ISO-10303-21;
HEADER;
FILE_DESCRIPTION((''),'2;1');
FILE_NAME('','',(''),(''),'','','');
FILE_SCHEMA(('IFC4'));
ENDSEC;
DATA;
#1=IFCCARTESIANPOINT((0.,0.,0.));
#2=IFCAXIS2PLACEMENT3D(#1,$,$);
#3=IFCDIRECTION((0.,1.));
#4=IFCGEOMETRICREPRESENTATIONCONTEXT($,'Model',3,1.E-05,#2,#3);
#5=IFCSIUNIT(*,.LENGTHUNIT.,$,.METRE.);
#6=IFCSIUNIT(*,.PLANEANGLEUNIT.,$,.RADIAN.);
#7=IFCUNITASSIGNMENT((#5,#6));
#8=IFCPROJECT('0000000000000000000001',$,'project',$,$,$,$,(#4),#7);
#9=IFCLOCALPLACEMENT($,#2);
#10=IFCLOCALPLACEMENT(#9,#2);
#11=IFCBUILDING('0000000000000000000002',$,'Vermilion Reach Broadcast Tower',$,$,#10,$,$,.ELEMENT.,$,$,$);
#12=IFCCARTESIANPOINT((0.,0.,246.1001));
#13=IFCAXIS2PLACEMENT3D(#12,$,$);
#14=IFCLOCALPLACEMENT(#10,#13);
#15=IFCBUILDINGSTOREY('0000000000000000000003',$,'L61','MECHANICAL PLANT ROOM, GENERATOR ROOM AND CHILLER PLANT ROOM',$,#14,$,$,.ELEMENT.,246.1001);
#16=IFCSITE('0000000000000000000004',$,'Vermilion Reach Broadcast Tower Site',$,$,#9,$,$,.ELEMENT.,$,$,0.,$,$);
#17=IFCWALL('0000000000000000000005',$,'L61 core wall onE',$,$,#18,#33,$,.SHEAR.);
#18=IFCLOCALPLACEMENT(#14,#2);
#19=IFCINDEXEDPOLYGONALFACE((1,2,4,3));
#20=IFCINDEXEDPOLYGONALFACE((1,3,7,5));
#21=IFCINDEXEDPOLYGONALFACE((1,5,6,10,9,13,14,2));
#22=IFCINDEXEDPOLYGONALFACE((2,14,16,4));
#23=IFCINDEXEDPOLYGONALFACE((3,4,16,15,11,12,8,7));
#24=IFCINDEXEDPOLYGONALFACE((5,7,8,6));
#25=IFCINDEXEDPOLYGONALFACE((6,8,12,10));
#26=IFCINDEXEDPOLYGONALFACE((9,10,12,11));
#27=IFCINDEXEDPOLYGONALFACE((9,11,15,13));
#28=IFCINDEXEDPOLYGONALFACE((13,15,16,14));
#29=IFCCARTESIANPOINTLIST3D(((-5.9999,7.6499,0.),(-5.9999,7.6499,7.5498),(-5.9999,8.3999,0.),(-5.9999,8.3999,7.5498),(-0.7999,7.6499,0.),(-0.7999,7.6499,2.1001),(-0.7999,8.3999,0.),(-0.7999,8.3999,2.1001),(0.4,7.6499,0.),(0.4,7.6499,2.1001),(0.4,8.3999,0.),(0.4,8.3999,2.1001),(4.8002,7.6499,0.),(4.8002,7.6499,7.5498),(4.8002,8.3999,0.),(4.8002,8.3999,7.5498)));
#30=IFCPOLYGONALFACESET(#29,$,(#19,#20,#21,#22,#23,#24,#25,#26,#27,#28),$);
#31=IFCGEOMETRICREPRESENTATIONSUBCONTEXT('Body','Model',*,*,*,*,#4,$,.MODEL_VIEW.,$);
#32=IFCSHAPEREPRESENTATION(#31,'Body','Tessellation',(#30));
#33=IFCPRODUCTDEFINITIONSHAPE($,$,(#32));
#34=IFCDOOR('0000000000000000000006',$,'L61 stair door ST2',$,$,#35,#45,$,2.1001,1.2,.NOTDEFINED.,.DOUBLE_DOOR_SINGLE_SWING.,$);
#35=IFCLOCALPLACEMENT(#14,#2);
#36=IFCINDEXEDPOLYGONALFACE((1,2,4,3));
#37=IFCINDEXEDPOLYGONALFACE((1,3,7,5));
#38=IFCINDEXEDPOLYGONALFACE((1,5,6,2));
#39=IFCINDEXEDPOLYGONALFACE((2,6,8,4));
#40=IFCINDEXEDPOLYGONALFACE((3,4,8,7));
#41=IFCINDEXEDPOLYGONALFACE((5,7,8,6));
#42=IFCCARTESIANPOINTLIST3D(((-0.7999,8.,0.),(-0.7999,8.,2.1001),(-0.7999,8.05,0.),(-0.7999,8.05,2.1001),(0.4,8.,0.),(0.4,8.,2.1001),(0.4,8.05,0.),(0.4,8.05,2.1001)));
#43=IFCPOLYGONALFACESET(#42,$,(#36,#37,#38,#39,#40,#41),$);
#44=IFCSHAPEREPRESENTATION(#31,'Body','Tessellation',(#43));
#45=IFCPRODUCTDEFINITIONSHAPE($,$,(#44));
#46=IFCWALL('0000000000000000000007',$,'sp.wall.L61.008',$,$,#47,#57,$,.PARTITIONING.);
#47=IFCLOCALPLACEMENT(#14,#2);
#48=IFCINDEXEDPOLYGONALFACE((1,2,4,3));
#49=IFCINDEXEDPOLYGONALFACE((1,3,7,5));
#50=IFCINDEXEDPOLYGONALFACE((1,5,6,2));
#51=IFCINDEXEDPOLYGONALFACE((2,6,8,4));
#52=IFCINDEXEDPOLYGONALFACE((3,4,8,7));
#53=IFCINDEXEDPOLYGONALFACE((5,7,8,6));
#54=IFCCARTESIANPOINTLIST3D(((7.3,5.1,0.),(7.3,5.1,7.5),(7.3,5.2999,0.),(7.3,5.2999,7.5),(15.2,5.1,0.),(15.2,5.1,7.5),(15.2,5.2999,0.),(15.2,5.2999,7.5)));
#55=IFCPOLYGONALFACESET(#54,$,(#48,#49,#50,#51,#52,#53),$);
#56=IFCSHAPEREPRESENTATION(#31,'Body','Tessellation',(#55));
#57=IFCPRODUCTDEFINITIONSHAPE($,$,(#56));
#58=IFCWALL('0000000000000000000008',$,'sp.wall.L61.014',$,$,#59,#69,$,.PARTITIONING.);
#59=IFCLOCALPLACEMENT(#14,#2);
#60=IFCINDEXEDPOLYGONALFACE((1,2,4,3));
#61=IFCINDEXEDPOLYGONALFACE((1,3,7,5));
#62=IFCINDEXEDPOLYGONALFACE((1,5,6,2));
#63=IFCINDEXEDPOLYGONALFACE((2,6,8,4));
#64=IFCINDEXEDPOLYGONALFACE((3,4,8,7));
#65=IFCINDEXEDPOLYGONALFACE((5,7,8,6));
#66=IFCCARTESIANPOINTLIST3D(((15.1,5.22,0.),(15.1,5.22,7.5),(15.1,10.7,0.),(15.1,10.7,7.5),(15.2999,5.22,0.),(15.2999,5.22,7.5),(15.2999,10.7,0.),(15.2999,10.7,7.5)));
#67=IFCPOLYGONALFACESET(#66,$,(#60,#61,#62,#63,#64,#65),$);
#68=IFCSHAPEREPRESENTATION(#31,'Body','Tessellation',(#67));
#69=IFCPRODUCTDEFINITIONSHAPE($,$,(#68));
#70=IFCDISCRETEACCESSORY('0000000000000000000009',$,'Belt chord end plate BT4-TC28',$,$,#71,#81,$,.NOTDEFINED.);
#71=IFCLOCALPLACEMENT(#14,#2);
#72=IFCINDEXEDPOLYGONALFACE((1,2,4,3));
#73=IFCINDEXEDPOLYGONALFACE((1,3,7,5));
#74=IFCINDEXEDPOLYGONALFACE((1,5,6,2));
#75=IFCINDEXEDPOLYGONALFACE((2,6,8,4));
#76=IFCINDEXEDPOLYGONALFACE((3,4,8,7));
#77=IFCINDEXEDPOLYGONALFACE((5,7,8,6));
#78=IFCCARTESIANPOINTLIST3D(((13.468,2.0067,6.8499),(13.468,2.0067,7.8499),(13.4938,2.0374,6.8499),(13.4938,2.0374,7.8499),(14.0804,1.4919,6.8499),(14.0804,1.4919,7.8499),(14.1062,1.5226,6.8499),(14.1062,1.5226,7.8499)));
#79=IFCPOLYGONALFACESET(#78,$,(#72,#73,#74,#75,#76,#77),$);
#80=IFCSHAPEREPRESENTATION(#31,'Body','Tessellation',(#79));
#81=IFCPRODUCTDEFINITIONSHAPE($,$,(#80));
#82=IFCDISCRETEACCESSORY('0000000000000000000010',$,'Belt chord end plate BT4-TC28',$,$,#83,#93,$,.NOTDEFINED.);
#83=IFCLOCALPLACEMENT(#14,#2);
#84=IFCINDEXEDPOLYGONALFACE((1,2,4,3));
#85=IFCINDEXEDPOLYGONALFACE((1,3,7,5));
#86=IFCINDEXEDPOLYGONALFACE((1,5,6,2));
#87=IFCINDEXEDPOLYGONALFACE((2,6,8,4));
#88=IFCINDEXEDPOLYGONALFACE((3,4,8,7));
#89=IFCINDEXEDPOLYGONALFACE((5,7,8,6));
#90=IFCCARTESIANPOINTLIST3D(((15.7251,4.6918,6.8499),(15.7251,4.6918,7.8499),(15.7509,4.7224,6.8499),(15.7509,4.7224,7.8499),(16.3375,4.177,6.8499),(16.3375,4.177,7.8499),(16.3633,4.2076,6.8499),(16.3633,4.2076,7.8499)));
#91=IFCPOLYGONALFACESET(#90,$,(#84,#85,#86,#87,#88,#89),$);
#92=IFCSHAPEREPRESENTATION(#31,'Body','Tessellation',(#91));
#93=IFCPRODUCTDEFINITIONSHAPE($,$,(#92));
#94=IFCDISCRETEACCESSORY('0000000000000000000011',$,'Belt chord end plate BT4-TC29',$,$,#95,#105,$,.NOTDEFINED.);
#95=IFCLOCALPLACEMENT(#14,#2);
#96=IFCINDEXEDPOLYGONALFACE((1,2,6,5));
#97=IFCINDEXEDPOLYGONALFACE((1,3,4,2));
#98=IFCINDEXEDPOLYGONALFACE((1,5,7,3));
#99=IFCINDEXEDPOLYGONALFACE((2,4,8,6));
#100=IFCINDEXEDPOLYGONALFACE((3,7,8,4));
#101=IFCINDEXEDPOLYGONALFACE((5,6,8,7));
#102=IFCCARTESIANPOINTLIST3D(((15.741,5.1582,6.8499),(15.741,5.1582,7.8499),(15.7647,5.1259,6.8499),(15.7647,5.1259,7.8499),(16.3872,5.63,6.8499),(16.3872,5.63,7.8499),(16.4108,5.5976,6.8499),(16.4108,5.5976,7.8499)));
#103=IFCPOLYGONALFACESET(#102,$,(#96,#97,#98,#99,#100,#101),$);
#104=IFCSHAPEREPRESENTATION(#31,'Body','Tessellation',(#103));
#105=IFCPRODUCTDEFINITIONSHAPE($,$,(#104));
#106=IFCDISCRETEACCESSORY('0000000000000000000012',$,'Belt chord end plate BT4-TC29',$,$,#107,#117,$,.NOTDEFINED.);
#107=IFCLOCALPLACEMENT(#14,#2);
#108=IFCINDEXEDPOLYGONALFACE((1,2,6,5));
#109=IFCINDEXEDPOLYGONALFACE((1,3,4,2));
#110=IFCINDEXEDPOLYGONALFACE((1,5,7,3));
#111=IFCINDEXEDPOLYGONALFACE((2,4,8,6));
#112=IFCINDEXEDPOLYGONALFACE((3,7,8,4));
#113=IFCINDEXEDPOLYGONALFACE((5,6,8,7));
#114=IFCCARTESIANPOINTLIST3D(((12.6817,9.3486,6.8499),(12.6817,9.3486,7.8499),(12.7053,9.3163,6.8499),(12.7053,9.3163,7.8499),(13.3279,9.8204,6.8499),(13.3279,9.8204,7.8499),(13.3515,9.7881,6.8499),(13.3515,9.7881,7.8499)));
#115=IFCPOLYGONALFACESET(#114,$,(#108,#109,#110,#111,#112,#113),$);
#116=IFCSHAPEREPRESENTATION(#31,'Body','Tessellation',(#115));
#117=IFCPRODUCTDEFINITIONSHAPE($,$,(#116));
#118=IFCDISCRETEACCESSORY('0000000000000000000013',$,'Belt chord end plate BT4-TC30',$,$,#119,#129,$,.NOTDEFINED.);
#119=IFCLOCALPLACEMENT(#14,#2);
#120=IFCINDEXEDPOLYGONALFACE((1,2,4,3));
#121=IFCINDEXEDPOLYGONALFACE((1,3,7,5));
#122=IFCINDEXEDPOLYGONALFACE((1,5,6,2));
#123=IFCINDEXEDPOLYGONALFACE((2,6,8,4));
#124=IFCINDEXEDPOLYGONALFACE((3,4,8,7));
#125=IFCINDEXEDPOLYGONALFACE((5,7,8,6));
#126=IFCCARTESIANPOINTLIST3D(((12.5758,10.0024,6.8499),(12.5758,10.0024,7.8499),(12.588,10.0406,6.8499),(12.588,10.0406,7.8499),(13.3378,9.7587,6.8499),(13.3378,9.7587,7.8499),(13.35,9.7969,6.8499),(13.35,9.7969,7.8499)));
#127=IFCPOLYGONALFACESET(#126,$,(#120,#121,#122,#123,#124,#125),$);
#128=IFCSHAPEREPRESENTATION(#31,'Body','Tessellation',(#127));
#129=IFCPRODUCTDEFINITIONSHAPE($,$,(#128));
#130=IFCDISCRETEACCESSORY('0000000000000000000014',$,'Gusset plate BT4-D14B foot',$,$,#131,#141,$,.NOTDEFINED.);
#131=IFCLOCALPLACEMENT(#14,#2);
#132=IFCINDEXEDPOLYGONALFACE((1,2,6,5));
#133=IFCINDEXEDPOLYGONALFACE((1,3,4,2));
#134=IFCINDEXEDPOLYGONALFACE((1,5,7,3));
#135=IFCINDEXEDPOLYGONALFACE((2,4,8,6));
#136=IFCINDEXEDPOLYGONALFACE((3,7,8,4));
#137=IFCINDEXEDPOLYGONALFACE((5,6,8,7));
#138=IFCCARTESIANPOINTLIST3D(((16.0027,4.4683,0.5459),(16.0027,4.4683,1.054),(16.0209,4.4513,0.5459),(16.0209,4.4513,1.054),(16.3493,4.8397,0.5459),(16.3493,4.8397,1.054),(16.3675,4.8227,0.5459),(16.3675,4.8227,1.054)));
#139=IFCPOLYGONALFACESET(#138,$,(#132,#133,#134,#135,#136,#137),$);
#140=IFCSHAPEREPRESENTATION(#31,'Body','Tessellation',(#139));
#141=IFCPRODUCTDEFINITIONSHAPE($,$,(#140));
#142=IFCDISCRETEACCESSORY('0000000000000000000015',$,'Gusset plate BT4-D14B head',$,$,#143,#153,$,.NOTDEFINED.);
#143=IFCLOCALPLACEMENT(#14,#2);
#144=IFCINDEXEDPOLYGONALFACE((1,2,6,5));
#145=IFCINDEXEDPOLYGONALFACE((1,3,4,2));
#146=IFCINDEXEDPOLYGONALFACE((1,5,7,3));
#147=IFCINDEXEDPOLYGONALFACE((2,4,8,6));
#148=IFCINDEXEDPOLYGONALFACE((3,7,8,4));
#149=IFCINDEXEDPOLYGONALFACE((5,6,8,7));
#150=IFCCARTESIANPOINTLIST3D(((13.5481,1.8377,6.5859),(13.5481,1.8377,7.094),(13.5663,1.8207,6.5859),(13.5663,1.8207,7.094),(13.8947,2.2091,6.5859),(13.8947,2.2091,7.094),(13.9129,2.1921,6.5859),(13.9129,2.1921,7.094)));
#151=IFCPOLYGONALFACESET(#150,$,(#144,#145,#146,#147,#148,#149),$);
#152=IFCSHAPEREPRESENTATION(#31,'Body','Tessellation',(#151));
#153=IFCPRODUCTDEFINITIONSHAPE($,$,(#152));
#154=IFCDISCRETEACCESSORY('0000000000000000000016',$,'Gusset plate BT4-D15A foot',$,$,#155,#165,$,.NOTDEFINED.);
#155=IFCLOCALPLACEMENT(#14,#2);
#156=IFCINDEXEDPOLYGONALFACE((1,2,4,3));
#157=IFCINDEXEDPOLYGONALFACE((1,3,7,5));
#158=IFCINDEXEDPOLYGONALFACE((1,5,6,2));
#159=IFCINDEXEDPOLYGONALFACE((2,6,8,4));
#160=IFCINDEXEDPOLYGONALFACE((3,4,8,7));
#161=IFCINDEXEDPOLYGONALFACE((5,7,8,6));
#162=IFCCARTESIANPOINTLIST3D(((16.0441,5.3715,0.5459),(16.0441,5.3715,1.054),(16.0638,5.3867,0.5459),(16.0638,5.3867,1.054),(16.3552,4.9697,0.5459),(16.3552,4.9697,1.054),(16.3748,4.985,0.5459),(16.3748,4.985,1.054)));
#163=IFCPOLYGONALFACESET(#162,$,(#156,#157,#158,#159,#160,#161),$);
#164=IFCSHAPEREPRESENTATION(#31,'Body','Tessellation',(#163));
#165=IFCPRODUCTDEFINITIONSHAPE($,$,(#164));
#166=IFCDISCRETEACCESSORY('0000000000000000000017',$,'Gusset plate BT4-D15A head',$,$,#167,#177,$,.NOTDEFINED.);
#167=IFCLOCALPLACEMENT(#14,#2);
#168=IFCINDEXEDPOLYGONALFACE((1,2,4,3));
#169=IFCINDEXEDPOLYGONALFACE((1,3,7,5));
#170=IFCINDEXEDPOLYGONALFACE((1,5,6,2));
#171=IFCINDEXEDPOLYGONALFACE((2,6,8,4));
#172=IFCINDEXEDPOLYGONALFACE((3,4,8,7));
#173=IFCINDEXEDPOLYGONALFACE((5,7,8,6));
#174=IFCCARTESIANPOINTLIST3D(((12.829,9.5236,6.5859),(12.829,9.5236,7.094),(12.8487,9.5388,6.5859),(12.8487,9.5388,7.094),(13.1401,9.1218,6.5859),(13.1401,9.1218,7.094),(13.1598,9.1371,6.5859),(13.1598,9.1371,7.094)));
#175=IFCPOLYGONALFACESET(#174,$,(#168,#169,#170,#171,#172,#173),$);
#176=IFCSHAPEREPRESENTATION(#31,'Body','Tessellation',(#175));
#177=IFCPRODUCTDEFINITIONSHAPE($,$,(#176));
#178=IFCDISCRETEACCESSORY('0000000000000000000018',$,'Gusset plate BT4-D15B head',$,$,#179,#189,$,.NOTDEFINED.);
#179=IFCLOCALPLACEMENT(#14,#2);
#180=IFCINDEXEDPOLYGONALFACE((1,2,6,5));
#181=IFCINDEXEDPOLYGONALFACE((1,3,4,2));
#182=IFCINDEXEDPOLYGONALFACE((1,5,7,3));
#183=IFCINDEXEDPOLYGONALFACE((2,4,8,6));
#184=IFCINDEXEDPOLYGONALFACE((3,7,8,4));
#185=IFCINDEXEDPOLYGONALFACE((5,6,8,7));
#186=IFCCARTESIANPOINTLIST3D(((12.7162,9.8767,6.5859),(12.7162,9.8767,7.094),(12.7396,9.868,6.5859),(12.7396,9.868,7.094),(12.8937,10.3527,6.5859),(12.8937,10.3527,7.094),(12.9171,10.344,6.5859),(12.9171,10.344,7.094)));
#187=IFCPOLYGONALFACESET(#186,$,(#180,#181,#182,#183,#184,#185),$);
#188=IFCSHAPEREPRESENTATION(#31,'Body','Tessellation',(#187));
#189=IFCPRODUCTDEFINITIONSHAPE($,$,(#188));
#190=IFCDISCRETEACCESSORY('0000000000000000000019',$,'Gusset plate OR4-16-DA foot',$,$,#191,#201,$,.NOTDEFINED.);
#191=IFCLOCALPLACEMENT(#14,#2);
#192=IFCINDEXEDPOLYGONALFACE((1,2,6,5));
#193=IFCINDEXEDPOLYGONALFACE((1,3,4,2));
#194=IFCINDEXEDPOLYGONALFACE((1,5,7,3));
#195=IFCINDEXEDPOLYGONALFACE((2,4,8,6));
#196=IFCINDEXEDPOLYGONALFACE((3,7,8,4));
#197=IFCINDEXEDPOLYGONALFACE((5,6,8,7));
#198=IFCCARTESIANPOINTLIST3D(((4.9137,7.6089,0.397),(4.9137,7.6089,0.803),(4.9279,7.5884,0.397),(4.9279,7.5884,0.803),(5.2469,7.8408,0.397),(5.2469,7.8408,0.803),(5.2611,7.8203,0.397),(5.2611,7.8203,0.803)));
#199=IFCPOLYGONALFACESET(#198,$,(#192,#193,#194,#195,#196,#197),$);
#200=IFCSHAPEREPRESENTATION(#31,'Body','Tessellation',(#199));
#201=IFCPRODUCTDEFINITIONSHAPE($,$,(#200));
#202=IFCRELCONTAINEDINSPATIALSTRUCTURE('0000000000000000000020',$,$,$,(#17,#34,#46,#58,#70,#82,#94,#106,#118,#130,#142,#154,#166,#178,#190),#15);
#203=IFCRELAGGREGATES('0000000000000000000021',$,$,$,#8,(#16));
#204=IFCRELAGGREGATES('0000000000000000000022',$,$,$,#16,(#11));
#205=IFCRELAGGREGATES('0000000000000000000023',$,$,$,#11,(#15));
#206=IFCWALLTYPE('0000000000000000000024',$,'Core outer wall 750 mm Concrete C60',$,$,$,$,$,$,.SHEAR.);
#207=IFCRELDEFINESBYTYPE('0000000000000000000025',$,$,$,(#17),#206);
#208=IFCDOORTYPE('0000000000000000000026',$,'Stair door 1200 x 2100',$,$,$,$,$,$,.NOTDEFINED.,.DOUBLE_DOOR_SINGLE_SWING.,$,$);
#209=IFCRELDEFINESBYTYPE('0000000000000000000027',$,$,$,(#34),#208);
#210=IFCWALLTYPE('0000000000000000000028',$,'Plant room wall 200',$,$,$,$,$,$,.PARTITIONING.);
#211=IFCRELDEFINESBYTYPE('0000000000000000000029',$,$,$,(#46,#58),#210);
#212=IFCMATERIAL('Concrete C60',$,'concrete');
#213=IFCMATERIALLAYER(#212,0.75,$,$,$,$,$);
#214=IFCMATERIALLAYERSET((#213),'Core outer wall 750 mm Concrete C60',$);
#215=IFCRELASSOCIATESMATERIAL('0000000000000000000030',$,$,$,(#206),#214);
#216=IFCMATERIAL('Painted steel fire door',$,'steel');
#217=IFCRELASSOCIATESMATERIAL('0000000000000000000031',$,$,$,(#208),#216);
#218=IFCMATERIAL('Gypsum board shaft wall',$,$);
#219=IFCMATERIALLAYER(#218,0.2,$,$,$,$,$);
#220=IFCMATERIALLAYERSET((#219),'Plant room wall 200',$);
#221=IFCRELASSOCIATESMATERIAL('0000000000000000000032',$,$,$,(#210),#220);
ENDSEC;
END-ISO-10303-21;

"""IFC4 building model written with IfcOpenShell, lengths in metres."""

from ifc_helpers import new_model, si_unit, direction, frame, frame_2d, origin, origin_2d, place, context, subcontext, project, spatial, rectangle, extrude, material, layer, layer_set, type_object, element, fill, save


model = new_model("IFC4")

# Units and contexts
model_context = context("Model", 3, precision=1e-05, world=origin(), true_north=direction((0.0, 1.0)))
body_context = subcontext(model_context, "Body", "Model", "MODEL_VIEW")
ifc_project = project(units=[si_unit("LENGTHUNIT", "METRE"), si_unit("PLANEANGLEUNIT", "RADIAN")], contexts=[model_context])

# Site, building, storey
site_placement = place(None, origin())
site = spatial("IfcSite", under=ifc_project, at=site_placement, Name="Vermilion Reach Broadcast Tower Site", CompositionType="ELEMENT", RefElevation=0.0)
building_placement = place(site_placement, origin())
building = spatial("IfcBuilding", under=site, at=building_placement, Name="Vermilion Reach Broadcast Tower", CompositionType="ELEMENT")
storey_placement = place(building_placement, frame((0.0, 0.0, 246.1001)))
storey = spatial("IfcBuildingStorey", under=building, at=storey_placement, Name="L61", Description="MECHANICAL PLANT ROOM, GENERATOR ROOM AND CHILLER PLANT ROOM", CompositionType="ELEMENT", Elevation=246.1001)

# Wall, opening, door
ifc_material_1 = material(Name="Concrete C60", Category="concrete")
ifc_layer_1 = layer(ifc_material_1, 0.75)
ifc_layer_set_1 = layer_set([ifc_layer_1], Name="Core outer wall 750 mm Concrete C60")
wall_type_1 = type_object("IfcWallType", Name="Core outer wall 750 mm Concrete C60", PredefinedType="SHEAR", material=ifc_layer_set_1)
wall_1_placement = place(storey_placement, frame((4.8, 8.0249, 0.0), z_axis=(0.0, 0.0, 1.0), x_axis=(-1.0, 0.0, 0.0)))
wall_1 = element("IfcWall", 1, at=wall_1_placement, inside=storey, type_object=wall_type_1, Name="L61 core wall onE", PredefinedType="SHEAR", context=body_context, shape_type="SweptSolid", body=[
    extrude(rectangle(XDim=10.8, YDim=0.75, at=frame_2d((5.3999, 0.0))), origin(), (0.0, 0.0, 1.0), 7.5498),
])
opening_placement = place(wall_1_placement, frame((4.3999, 0.0, 0.0)))
opening = element("IfcOpeningElement", 2, at=opening_placement, cuts=wall_1, PredefinedType="OPENING", context=body_context, shape_type="SweptSolid", body=[
    extrude(rectangle(XDim=1.2, YDim=2.1001, at=frame_2d((0.6001, 1.05))), frame((0.0, 0.385, 0.0), z_axis=(0.0, -1.0, 0.0), x_axis=(1.0, 0.0, 0.0)), (0.0, 0.0, 1.0), 0.77),
])
ifc_material_2 = material(Name="Painted steel fire door", Category="steel")
door_type = type_object("IfcDoorType", Name="Stair door 1200 x 2100", OperationType="DOUBLE_DOOR_SINGLE_SWING", PredefinedType="NOTDEFINED", material=ifc_material_2)
door_placement = place(opening_placement, origin())
door = element("IfcDoor", 3, at=door_placement, inside=storey, type_object=door_type, Name="L61 stair door ST2", OperationType="DOUBLE_DOOR_SINGLE_SWING", OverallHeight=2.1001, OverallWidth=1.2, PredefinedType="NOTDEFINED", context=body_context, shape_type="SweptSolid", body=[
    extrude(rectangle(XDim=1.2, YDim=2.1001, at=frame_2d((0.6001, 1.05))), frame((0.0, 0.0249, 0.0), z_axis=(0.0, -1.0, 0.0), x_axis=(1.0, 0.0, 0.0)), (0.0, 0.0, 1.0), 0.05),
])
fill(opening, door)

# Walls
ifc_material_3 = material(Name="Gypsum board shaft wall")
ifc_layer_2 = layer(ifc_material_3, 0.2)
ifc_layer_set_2 = layer_set([ifc_layer_2], Name="Plant room wall 200")
wall_type_2 = type_object("IfcWallType", Name="Plant room wall 200", PredefinedType="PARTITIONING", material=ifc_layer_set_2)
wall_2_placement = place(storey_placement, frame((7.3, 5.2, 0.0), z_axis=(0.0, 0.0, 1.0), x_axis=(1.0, 0.0, 0.0)))
element("IfcWall", 4, at=wall_2_placement, inside=storey, type_object=wall_type_2, Name="sp.wall.L61.008", PredefinedType="PARTITIONING", context=body_context, shape_type="SweptSolid", body=[
    extrude(rectangle(XDim=7.8999, YDim=0.2, at=frame_2d((3.95, 0.0))), origin(), (0.0, 0.0, 1.0), 7.5),
])
wall_3_placement = place(storey_placement, frame((15.2, 5.22, 0.0), z_axis=(0.0, 0.0, 1.0), x_axis=(0.0, 1.0, 0.0)))
element("IfcWall", 5, at=wall_3_placement, inside=storey, type_object=wall_type_2, Name="sp.wall.L61.014", PredefinedType="PARTITIONING", context=body_context, shape_type="SweptSolid", body=[
    extrude(rectangle(XDim=5.48, YDim=0.2, at=frame_2d((2.74, 0.0))), origin(), (0.0, 0.0, 1.0), 7.5),
])

# Discrete accessories
for number, where, z_axis, x_axis, name in (
    (6, (13.7871, 1.7646, 6.8499), (0.0, 0.0, 1.0), (-0.643445, -0.765492, 0.0), "Belt chord end plate BT4-TC28"),
    (7, (16.0442, 4.4497, 6.8499), (0.0, 0.0, 1.0), (0.643445, 0.765492, 0.0), "Belt chord end plate BT4-TC28"),
    (8, (16.0759, 5.3779, 6.8499), (0.0, 0.0, 1.0), (0.589661, -0.807651, 0.0), "Belt chord end plate BT4-TC29"),
    (9, (13.0166, 9.5684, 6.8499), (0.0, 0.0, 1.0), (-0.589661, 0.807651, 0.0), "Belt chord end plate BT4-TC29"),
    (10, (12.9629, 9.8997, 6.8499), (0.0, 0.0, 1.0), (-0.304615, -0.952476, 0.0), "Belt chord end plate BT4-TC30"),
):
    element("IfcDiscreteAccessory", number, at=place(storey_placement, frame(where, z_axis=z_axis, x_axis=x_axis)), inside=storey, Name=name, PredefinedType="NOTDEFINED", context=body_context, shape_type="SweptSolid", body=[
        extrude(rectangle(XDim=0.04, YDim=0.8, at=origin_2d()), origin(), (0.0, 0.0, 1.0), 1.0),
    ])
for number, where, z_axis, x_axis, name in (
    (11, (16.1851, 4.6455, 0.5459), (0.0, 0.0, 1.0), (0.731142, -0.682225, 0.0), "Gusset plate BT4-D14B foot"),
    (12, (13.7305, 2.0149, 6.5859), (0.0, 0.0, 1.0), (0.731142, -0.682225, 0.0), "Gusset plate BT4-D14B head"),
    (13, (16.2095, 5.1782, 0.5459), (0.0, 0.0, 1.0), (-0.790679, -0.612231, 0.0), "Gusset plate BT4-D15A foot"),
    (14, (12.9944, 9.3303, 6.5859), (0.0, 0.0, 1.0), (-0.790679, -0.612231, 0.0), "Gusset plate BT4-D15A head"),
    (15, (12.8167, 10.1104, 6.5859), (0.0, 0.0, 1.0), (0.936985, -0.349369, 0.0), "Gusset plate BT4-D15B head"),
):
    element("IfcDiscreteAccessory", number, at=place(storey_placement, frame(where, z_axis=z_axis, x_axis=x_axis)), inside=storey, Name=name, PredefinedType="NOTDEFINED", context=body_context, shape_type="SweptSolid", body=[
        extrude(rectangle(XDim=0.0249, YDim=0.5081, at=origin_2d()), origin(), (0.0, 0.0, 1.0), 0.5081),
    ])
discrete_accessory_placement = place(storey_placement, frame((5.0874, 7.7146, 0.397), z_axis=(0.0, 0.0, 1.0), x_axis=(-0.571143, 0.82085, 0.0)))
element("IfcDiscreteAccessory", 16, at=discrete_accessory_placement, inside=storey, Name="Gusset plate OR4-16-DA foot", PredefinedType="NOTDEFINED", context=body_context, shape_type="SweptSolid", body=[
    extrude(rectangle(XDim=0.0249, YDim=0.406, at=origin_2d()), origin(), (0.0, 0.0, 1.0), 0.406),
])

save(model, "model.ifc")
